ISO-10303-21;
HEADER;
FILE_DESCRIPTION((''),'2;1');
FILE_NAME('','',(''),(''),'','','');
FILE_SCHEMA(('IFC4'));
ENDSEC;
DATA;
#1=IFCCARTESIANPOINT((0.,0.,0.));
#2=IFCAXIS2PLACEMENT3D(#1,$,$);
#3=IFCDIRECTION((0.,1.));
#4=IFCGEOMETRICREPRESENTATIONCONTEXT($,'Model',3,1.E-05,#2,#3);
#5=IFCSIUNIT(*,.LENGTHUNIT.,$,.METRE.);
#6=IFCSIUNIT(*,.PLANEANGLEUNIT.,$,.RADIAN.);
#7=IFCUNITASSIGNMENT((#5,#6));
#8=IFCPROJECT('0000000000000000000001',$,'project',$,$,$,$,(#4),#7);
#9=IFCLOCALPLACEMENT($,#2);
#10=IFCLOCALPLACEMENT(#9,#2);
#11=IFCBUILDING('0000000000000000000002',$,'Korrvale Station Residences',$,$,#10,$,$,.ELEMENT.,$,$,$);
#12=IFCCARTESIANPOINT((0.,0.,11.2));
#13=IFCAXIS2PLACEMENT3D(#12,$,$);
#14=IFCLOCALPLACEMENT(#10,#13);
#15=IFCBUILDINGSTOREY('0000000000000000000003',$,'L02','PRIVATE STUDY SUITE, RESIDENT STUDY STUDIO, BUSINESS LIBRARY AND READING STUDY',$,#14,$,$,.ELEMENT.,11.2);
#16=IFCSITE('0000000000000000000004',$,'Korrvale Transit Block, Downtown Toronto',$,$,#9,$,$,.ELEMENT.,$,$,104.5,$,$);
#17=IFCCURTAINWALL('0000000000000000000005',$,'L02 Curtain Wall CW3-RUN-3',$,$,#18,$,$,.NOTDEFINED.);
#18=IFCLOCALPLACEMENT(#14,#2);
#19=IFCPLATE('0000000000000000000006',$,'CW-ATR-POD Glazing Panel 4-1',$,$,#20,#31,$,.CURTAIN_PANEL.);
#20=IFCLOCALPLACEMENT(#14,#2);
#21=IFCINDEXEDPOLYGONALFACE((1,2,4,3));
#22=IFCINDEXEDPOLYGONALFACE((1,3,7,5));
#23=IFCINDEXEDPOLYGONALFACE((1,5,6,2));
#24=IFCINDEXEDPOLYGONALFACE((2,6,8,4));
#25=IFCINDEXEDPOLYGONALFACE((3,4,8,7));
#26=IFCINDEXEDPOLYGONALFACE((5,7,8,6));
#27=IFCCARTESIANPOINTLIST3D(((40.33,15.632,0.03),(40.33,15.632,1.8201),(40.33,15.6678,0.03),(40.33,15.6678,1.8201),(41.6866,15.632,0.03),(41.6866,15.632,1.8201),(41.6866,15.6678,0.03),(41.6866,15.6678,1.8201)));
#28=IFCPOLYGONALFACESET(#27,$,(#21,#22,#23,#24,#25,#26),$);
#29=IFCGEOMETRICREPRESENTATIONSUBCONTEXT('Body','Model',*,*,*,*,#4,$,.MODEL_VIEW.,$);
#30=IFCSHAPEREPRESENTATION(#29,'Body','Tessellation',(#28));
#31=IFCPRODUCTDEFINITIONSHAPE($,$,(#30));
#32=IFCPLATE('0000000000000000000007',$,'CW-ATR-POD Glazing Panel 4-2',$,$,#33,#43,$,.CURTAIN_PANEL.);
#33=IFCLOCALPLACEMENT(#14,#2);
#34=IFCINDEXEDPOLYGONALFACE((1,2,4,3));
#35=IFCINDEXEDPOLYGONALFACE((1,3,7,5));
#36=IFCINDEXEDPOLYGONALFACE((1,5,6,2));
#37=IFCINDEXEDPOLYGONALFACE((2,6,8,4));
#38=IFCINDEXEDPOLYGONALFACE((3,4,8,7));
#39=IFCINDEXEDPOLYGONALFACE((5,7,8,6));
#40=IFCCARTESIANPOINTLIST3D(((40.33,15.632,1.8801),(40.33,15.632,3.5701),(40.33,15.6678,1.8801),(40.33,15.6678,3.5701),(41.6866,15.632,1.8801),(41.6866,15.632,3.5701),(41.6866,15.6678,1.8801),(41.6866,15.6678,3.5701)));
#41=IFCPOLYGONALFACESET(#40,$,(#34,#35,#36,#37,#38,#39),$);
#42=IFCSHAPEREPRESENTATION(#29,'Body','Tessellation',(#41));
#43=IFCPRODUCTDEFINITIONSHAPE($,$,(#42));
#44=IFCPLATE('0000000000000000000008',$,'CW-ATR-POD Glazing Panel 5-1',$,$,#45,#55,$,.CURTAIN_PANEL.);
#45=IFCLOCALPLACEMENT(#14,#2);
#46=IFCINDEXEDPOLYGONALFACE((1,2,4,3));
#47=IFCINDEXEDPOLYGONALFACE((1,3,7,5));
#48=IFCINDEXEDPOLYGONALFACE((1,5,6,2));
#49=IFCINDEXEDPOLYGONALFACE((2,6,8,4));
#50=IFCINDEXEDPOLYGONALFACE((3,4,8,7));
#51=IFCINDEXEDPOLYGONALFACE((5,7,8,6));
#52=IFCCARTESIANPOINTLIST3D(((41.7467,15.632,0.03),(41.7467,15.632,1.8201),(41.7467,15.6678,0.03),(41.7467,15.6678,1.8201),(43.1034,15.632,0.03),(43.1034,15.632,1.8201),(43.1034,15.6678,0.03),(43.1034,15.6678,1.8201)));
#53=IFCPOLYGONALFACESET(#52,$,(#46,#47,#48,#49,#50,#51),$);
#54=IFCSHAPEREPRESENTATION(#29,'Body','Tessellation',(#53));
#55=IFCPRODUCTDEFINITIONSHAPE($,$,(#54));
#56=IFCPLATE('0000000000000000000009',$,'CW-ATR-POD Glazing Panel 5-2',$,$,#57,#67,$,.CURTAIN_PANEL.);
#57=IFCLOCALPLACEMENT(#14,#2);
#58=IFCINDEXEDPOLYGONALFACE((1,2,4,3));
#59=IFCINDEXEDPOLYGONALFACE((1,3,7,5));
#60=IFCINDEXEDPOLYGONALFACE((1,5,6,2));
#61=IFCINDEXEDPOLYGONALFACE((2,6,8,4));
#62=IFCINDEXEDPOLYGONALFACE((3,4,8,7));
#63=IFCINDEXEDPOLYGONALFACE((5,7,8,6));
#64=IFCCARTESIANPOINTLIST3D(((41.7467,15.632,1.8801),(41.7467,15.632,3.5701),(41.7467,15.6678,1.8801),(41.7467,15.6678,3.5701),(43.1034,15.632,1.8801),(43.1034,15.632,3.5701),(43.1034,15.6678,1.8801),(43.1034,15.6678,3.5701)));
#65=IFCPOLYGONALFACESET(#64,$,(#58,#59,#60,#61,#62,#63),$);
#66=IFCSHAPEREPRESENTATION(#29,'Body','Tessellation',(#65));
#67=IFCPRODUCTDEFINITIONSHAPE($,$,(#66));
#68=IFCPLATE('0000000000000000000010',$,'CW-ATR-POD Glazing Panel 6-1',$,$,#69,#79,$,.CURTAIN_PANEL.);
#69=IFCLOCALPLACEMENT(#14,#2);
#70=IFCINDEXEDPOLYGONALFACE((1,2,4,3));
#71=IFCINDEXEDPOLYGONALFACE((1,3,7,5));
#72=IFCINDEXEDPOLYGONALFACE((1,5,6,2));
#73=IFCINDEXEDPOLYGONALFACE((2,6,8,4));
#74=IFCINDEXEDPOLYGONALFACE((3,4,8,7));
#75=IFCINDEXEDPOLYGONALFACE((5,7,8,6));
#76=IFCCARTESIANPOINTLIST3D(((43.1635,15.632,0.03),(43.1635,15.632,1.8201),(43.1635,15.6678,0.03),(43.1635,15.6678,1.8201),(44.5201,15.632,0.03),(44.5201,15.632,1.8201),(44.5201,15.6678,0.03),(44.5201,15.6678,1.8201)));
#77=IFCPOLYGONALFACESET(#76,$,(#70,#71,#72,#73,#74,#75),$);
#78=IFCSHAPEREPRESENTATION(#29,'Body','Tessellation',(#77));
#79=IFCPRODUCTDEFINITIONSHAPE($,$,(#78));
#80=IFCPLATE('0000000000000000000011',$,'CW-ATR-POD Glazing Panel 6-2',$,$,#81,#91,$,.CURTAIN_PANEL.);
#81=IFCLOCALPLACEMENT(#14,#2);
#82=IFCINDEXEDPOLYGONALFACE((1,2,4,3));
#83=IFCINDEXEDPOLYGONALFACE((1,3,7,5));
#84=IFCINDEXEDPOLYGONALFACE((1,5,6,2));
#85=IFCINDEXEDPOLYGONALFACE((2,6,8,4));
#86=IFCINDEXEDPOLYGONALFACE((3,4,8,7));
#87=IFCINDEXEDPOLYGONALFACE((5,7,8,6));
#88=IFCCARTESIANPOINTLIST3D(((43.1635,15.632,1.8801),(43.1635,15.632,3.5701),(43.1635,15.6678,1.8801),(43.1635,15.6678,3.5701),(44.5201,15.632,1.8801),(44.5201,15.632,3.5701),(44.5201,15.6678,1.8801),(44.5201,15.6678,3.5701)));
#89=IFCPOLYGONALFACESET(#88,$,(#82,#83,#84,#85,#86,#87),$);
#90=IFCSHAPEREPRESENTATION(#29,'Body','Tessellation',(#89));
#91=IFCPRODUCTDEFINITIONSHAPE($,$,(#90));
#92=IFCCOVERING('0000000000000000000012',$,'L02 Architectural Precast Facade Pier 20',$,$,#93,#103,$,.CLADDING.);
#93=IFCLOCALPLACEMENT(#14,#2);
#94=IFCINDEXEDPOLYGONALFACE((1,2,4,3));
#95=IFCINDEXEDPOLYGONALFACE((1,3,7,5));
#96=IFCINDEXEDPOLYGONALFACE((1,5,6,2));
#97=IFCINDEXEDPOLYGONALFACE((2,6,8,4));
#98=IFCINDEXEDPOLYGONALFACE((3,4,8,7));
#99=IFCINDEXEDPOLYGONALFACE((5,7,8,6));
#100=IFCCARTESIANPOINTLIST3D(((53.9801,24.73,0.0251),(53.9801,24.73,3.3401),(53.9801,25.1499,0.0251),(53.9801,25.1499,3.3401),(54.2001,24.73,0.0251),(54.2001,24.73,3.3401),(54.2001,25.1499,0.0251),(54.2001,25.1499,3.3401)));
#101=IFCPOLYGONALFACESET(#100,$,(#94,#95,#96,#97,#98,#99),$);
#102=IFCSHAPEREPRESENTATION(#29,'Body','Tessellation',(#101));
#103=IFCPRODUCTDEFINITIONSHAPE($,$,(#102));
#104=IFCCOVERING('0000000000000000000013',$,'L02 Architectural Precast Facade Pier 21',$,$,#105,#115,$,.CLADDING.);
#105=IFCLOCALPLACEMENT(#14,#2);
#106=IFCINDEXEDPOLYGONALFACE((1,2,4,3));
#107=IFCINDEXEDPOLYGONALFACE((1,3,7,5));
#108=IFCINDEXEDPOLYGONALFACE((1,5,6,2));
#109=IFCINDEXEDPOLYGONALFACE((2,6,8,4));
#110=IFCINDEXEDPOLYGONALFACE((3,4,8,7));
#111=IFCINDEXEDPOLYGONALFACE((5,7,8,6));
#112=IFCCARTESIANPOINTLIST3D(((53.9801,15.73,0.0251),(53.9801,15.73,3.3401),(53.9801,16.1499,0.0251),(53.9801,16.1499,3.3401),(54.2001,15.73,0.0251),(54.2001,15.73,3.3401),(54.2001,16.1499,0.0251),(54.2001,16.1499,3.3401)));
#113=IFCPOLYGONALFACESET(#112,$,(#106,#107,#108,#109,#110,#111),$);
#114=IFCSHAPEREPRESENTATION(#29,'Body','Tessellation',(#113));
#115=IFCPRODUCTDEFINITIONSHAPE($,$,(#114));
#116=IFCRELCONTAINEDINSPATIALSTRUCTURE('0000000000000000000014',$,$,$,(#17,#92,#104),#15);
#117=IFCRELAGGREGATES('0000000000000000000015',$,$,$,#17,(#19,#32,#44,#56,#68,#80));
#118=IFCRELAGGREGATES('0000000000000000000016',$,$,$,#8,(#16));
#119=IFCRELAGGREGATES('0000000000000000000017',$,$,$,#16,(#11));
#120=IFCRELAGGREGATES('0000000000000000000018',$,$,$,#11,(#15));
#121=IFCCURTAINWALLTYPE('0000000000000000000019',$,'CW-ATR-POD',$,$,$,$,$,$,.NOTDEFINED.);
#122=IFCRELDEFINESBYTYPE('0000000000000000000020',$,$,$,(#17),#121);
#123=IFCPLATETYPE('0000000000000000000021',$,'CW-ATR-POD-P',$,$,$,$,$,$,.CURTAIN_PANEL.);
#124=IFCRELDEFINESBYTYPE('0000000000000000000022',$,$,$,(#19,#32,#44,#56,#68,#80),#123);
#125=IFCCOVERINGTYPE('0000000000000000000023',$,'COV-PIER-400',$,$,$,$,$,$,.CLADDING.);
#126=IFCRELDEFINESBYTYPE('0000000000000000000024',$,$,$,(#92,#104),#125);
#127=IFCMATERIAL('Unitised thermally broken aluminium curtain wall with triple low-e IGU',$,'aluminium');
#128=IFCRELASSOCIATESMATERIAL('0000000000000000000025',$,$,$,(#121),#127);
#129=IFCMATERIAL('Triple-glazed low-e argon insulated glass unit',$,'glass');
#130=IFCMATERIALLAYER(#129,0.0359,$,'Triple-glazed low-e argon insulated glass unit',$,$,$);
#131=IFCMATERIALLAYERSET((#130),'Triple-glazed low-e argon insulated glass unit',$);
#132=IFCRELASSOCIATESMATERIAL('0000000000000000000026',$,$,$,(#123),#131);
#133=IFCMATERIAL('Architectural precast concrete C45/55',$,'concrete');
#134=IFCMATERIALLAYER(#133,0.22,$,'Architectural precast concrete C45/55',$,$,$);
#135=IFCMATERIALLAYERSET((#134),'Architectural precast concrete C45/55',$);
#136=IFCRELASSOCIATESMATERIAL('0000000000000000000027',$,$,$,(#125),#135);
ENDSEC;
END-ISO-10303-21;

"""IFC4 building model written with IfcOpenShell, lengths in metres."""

from ifc_helpers import new_model, si_unit, direction, frame, origin, origin_2d, place, context, subcontext, project, spatial, rectangle, extrude, material, layer, layer_set, type_object, element, aggregate, save


model = new_model("IFC4")

# Units and contexts
model_context = context("Model", 3, precision=1e-05, world=origin(), true_north=direction((0.0, 1.0)))
body_context = subcontext(model_context, "Body", "Model", "MODEL_VIEW")
ifc_project = project(units=[si_unit("LENGTHUNIT", "METRE"), si_unit("PLANEANGLEUNIT", "RADIAN")], contexts=[model_context])

# Site, building, storey
site_placement = place(None, origin())
site = spatial("IfcSite", under=ifc_project, at=site_placement, Name="Korrvale Transit Block, Downtown Toronto", CompositionType="ELEMENT", RefElevation=104.5)
building_placement = place(site_placement, origin())
building = spatial("IfcBuilding", under=site, at=building_placement, Name="Korrvale Station Residences", CompositionType="ELEMENT")
storey_placement = place(building_placement, frame((0.0, 0.0, 11.2)))
storey = spatial("IfcBuildingStorey", under=building, at=storey_placement, Name="L02", Description="PRIVATE STUDY SUITE, RESIDENT STUDY STUDIO, BUSINESS LIBRARY AND READING STUDY", CompositionType="ELEMENT", Elevation=11.2)

# Curtain wall, plates
ifc_material_1 = material(Name="Unitised thermally broken aluminium curtain wall with triple low-e IGU", Category="aluminium")
curtain_wall_type = type_object("IfcCurtainWallType", Name="CW-ATR-POD", PredefinedType="NOTDEFINED", material=ifc_material_1)
curtain_wall_placement = place(storey_placement, origin())
curtain_wall = element("IfcCurtainWall", 1, at=curtain_wall_placement, inside=storey, type_object=curtain_wall_type, Name="L02 Curtain Wall CW3-RUN-3", PredefinedType="NOTDEFINED")
ifc_material_2 = material(Name="Triple-glazed low-e argon insulated glass unit", Category="glass")
ifc_layer_1 = layer(ifc_material_2, 0.0359, Name="Triple-glazed low-e argon insulated glass unit")
ifc_layer_set_1 = layer_set([ifc_layer_1], Name="Triple-glazed low-e argon insulated glass unit")
plate_type = type_object("IfcPlateType", Name="CW-ATR-POD-P", PredefinedType="CURTAIN_PANEL", material=ifc_layer_set_1)
plate_1_placement = place(storey_placement, frame((41.0083, 15.6499, 0.03), z_axis=(0.0, 0.0, 1.0), x_axis=(1.0, 0.0, 0.0)))
plate_1 = element("IfcPlate", 2, at=plate_1_placement, type_object=plate_type, Name="CW-ATR-POD Glazing Panel 4-1", PredefinedType="CURTAIN_PANEL", context=body_context, shape_type="SweptSolid", body=[
    extrude(rectangle(XDim=1.3567, YDim=0.0359, at=origin_2d()), origin(), (0.0, 0.0, 1.0), 1.79),
])
plate_2_placement = place(storey_placement, frame((41.0083, 15.6499, 1.8801), z_axis=(0.0, 0.0, 1.0), x_axis=(1.0, 0.0, 0.0)))
plate_2 = element("IfcPlate", 3, at=plate_2_placement, type_object=plate_type, Name="CW-ATR-POD Glazing Panel 4-2", PredefinedType="CURTAIN_PANEL", context=body_context, shape_type="SweptSolid", body=[
    extrude(rectangle(XDim=1.3567, YDim=0.0359, at=origin_2d()), origin(), (0.0, 0.0, 1.0), 1.6899),
])
plate_3_placement = place(storey_placement, frame((42.425, 15.6499, 0.03), z_axis=(0.0, 0.0, 1.0), x_axis=(1.0, 0.0, 0.0)))
plate_3 = element("IfcPlate", 4, at=plate_3_placement, type_object=plate_type, Name="CW-ATR-POD Glazing Panel 5-1", PredefinedType="CURTAIN_PANEL", context=body_context, shape_type="SweptSolid", body=[
    extrude(rectangle(XDim=1.3567, YDim=0.0359, at=origin_2d()), origin(), (0.0, 0.0, 1.0), 1.79),
])
plate_4_placement = place(storey_placement, frame((42.425, 15.6499, 1.8801), z_axis=(0.0, 0.0, 1.0), x_axis=(1.0, 0.0, 0.0)))
plate_4 = element("IfcPlate", 5, at=plate_4_placement, type_object=plate_type, Name="CW-ATR-POD Glazing Panel 5-2", PredefinedType="CURTAIN_PANEL", context=body_context, shape_type="SweptSolid", body=[
    extrude(rectangle(XDim=1.3567, YDim=0.0359, at=origin_2d()), origin(), (0.0, 0.0, 1.0), 1.6899),
])
plate_5_placement = place(storey_placement, frame((43.8418, 15.6499, 0.03), z_axis=(0.0, 0.0, 1.0), x_axis=(1.0, 0.0, 0.0)))
plate_5 = element("IfcPlate", 6, at=plate_5_placement, type_object=plate_type, Name="CW-ATR-POD Glazing Panel 6-1", PredefinedType="CURTAIN_PANEL", context=body_context, shape_type="SweptSolid", body=[
    extrude(rectangle(XDim=1.3567, YDim=0.0359, at=origin_2d()), origin(), (0.0, 0.0, 1.0), 1.79),
])
plate_6_placement = place(storey_placement, frame((43.8418, 15.6499, 1.8801), z_axis=(0.0, 0.0, 1.0), x_axis=(1.0, 0.0, 0.0)))
plate_6 = element("IfcPlate", 7, at=plate_6_placement, type_object=plate_type, Name="CW-ATR-POD Glazing Panel 6-2", PredefinedType="CURTAIN_PANEL", context=body_context, shape_type="SweptSolid", body=[
    extrude(rectangle(XDim=1.3567, YDim=0.0359, at=origin_2d()), origin(), (0.0, 0.0, 1.0), 1.6899),
])
aggregate(curtain_wall, [plate_1, plate_2, plate_3, plate_4, plate_5, plate_6])

# Coverings
ifc_material_3 = material(Name="Architectural precast concrete C45/55", Category="concrete")
ifc_layer_2 = layer(ifc_material_3, 0.22, Name="Architectural precast concrete C45/55")
ifc_layer_set_2 = layer_set([ifc_layer_2], Name="Architectural precast concrete C45/55")
covering_type = type_object("IfcCoveringType", Name="COV-PIER-400", PredefinedType="CLADDING", material=ifc_layer_set_2)
for number, where, z_axis, x_axis, name in (
    (8, (54.0901, 24.9399, 0.0251), (0.0, 0.0, 1.0), (0.0, 1.0, 0.0), "L02 Architectural Precast Facade Pier 20"),
    (9, (54.0901, 15.9399, 0.0251), (0.0, 0.0, 1.0), (0.0, 1.0, 0.0), "L02 Architectural Precast Facade Pier 21"),
):
    element("IfcCovering", number, at=place(storey_placement, frame(where, z_axis=z_axis, x_axis=x_axis)), inside=storey, type_object=covering_type, Name=name, PredefinedType="CLADDING", context=body_context, shape_type="SweptSolid", body=[
        extrude(rectangle(XDim=0.4199, YDim=0.22, at=origin_2d()), origin(), (0.0, 0.0, 1.0), 3.3149),
    ])

save(model, "model.ifc")
